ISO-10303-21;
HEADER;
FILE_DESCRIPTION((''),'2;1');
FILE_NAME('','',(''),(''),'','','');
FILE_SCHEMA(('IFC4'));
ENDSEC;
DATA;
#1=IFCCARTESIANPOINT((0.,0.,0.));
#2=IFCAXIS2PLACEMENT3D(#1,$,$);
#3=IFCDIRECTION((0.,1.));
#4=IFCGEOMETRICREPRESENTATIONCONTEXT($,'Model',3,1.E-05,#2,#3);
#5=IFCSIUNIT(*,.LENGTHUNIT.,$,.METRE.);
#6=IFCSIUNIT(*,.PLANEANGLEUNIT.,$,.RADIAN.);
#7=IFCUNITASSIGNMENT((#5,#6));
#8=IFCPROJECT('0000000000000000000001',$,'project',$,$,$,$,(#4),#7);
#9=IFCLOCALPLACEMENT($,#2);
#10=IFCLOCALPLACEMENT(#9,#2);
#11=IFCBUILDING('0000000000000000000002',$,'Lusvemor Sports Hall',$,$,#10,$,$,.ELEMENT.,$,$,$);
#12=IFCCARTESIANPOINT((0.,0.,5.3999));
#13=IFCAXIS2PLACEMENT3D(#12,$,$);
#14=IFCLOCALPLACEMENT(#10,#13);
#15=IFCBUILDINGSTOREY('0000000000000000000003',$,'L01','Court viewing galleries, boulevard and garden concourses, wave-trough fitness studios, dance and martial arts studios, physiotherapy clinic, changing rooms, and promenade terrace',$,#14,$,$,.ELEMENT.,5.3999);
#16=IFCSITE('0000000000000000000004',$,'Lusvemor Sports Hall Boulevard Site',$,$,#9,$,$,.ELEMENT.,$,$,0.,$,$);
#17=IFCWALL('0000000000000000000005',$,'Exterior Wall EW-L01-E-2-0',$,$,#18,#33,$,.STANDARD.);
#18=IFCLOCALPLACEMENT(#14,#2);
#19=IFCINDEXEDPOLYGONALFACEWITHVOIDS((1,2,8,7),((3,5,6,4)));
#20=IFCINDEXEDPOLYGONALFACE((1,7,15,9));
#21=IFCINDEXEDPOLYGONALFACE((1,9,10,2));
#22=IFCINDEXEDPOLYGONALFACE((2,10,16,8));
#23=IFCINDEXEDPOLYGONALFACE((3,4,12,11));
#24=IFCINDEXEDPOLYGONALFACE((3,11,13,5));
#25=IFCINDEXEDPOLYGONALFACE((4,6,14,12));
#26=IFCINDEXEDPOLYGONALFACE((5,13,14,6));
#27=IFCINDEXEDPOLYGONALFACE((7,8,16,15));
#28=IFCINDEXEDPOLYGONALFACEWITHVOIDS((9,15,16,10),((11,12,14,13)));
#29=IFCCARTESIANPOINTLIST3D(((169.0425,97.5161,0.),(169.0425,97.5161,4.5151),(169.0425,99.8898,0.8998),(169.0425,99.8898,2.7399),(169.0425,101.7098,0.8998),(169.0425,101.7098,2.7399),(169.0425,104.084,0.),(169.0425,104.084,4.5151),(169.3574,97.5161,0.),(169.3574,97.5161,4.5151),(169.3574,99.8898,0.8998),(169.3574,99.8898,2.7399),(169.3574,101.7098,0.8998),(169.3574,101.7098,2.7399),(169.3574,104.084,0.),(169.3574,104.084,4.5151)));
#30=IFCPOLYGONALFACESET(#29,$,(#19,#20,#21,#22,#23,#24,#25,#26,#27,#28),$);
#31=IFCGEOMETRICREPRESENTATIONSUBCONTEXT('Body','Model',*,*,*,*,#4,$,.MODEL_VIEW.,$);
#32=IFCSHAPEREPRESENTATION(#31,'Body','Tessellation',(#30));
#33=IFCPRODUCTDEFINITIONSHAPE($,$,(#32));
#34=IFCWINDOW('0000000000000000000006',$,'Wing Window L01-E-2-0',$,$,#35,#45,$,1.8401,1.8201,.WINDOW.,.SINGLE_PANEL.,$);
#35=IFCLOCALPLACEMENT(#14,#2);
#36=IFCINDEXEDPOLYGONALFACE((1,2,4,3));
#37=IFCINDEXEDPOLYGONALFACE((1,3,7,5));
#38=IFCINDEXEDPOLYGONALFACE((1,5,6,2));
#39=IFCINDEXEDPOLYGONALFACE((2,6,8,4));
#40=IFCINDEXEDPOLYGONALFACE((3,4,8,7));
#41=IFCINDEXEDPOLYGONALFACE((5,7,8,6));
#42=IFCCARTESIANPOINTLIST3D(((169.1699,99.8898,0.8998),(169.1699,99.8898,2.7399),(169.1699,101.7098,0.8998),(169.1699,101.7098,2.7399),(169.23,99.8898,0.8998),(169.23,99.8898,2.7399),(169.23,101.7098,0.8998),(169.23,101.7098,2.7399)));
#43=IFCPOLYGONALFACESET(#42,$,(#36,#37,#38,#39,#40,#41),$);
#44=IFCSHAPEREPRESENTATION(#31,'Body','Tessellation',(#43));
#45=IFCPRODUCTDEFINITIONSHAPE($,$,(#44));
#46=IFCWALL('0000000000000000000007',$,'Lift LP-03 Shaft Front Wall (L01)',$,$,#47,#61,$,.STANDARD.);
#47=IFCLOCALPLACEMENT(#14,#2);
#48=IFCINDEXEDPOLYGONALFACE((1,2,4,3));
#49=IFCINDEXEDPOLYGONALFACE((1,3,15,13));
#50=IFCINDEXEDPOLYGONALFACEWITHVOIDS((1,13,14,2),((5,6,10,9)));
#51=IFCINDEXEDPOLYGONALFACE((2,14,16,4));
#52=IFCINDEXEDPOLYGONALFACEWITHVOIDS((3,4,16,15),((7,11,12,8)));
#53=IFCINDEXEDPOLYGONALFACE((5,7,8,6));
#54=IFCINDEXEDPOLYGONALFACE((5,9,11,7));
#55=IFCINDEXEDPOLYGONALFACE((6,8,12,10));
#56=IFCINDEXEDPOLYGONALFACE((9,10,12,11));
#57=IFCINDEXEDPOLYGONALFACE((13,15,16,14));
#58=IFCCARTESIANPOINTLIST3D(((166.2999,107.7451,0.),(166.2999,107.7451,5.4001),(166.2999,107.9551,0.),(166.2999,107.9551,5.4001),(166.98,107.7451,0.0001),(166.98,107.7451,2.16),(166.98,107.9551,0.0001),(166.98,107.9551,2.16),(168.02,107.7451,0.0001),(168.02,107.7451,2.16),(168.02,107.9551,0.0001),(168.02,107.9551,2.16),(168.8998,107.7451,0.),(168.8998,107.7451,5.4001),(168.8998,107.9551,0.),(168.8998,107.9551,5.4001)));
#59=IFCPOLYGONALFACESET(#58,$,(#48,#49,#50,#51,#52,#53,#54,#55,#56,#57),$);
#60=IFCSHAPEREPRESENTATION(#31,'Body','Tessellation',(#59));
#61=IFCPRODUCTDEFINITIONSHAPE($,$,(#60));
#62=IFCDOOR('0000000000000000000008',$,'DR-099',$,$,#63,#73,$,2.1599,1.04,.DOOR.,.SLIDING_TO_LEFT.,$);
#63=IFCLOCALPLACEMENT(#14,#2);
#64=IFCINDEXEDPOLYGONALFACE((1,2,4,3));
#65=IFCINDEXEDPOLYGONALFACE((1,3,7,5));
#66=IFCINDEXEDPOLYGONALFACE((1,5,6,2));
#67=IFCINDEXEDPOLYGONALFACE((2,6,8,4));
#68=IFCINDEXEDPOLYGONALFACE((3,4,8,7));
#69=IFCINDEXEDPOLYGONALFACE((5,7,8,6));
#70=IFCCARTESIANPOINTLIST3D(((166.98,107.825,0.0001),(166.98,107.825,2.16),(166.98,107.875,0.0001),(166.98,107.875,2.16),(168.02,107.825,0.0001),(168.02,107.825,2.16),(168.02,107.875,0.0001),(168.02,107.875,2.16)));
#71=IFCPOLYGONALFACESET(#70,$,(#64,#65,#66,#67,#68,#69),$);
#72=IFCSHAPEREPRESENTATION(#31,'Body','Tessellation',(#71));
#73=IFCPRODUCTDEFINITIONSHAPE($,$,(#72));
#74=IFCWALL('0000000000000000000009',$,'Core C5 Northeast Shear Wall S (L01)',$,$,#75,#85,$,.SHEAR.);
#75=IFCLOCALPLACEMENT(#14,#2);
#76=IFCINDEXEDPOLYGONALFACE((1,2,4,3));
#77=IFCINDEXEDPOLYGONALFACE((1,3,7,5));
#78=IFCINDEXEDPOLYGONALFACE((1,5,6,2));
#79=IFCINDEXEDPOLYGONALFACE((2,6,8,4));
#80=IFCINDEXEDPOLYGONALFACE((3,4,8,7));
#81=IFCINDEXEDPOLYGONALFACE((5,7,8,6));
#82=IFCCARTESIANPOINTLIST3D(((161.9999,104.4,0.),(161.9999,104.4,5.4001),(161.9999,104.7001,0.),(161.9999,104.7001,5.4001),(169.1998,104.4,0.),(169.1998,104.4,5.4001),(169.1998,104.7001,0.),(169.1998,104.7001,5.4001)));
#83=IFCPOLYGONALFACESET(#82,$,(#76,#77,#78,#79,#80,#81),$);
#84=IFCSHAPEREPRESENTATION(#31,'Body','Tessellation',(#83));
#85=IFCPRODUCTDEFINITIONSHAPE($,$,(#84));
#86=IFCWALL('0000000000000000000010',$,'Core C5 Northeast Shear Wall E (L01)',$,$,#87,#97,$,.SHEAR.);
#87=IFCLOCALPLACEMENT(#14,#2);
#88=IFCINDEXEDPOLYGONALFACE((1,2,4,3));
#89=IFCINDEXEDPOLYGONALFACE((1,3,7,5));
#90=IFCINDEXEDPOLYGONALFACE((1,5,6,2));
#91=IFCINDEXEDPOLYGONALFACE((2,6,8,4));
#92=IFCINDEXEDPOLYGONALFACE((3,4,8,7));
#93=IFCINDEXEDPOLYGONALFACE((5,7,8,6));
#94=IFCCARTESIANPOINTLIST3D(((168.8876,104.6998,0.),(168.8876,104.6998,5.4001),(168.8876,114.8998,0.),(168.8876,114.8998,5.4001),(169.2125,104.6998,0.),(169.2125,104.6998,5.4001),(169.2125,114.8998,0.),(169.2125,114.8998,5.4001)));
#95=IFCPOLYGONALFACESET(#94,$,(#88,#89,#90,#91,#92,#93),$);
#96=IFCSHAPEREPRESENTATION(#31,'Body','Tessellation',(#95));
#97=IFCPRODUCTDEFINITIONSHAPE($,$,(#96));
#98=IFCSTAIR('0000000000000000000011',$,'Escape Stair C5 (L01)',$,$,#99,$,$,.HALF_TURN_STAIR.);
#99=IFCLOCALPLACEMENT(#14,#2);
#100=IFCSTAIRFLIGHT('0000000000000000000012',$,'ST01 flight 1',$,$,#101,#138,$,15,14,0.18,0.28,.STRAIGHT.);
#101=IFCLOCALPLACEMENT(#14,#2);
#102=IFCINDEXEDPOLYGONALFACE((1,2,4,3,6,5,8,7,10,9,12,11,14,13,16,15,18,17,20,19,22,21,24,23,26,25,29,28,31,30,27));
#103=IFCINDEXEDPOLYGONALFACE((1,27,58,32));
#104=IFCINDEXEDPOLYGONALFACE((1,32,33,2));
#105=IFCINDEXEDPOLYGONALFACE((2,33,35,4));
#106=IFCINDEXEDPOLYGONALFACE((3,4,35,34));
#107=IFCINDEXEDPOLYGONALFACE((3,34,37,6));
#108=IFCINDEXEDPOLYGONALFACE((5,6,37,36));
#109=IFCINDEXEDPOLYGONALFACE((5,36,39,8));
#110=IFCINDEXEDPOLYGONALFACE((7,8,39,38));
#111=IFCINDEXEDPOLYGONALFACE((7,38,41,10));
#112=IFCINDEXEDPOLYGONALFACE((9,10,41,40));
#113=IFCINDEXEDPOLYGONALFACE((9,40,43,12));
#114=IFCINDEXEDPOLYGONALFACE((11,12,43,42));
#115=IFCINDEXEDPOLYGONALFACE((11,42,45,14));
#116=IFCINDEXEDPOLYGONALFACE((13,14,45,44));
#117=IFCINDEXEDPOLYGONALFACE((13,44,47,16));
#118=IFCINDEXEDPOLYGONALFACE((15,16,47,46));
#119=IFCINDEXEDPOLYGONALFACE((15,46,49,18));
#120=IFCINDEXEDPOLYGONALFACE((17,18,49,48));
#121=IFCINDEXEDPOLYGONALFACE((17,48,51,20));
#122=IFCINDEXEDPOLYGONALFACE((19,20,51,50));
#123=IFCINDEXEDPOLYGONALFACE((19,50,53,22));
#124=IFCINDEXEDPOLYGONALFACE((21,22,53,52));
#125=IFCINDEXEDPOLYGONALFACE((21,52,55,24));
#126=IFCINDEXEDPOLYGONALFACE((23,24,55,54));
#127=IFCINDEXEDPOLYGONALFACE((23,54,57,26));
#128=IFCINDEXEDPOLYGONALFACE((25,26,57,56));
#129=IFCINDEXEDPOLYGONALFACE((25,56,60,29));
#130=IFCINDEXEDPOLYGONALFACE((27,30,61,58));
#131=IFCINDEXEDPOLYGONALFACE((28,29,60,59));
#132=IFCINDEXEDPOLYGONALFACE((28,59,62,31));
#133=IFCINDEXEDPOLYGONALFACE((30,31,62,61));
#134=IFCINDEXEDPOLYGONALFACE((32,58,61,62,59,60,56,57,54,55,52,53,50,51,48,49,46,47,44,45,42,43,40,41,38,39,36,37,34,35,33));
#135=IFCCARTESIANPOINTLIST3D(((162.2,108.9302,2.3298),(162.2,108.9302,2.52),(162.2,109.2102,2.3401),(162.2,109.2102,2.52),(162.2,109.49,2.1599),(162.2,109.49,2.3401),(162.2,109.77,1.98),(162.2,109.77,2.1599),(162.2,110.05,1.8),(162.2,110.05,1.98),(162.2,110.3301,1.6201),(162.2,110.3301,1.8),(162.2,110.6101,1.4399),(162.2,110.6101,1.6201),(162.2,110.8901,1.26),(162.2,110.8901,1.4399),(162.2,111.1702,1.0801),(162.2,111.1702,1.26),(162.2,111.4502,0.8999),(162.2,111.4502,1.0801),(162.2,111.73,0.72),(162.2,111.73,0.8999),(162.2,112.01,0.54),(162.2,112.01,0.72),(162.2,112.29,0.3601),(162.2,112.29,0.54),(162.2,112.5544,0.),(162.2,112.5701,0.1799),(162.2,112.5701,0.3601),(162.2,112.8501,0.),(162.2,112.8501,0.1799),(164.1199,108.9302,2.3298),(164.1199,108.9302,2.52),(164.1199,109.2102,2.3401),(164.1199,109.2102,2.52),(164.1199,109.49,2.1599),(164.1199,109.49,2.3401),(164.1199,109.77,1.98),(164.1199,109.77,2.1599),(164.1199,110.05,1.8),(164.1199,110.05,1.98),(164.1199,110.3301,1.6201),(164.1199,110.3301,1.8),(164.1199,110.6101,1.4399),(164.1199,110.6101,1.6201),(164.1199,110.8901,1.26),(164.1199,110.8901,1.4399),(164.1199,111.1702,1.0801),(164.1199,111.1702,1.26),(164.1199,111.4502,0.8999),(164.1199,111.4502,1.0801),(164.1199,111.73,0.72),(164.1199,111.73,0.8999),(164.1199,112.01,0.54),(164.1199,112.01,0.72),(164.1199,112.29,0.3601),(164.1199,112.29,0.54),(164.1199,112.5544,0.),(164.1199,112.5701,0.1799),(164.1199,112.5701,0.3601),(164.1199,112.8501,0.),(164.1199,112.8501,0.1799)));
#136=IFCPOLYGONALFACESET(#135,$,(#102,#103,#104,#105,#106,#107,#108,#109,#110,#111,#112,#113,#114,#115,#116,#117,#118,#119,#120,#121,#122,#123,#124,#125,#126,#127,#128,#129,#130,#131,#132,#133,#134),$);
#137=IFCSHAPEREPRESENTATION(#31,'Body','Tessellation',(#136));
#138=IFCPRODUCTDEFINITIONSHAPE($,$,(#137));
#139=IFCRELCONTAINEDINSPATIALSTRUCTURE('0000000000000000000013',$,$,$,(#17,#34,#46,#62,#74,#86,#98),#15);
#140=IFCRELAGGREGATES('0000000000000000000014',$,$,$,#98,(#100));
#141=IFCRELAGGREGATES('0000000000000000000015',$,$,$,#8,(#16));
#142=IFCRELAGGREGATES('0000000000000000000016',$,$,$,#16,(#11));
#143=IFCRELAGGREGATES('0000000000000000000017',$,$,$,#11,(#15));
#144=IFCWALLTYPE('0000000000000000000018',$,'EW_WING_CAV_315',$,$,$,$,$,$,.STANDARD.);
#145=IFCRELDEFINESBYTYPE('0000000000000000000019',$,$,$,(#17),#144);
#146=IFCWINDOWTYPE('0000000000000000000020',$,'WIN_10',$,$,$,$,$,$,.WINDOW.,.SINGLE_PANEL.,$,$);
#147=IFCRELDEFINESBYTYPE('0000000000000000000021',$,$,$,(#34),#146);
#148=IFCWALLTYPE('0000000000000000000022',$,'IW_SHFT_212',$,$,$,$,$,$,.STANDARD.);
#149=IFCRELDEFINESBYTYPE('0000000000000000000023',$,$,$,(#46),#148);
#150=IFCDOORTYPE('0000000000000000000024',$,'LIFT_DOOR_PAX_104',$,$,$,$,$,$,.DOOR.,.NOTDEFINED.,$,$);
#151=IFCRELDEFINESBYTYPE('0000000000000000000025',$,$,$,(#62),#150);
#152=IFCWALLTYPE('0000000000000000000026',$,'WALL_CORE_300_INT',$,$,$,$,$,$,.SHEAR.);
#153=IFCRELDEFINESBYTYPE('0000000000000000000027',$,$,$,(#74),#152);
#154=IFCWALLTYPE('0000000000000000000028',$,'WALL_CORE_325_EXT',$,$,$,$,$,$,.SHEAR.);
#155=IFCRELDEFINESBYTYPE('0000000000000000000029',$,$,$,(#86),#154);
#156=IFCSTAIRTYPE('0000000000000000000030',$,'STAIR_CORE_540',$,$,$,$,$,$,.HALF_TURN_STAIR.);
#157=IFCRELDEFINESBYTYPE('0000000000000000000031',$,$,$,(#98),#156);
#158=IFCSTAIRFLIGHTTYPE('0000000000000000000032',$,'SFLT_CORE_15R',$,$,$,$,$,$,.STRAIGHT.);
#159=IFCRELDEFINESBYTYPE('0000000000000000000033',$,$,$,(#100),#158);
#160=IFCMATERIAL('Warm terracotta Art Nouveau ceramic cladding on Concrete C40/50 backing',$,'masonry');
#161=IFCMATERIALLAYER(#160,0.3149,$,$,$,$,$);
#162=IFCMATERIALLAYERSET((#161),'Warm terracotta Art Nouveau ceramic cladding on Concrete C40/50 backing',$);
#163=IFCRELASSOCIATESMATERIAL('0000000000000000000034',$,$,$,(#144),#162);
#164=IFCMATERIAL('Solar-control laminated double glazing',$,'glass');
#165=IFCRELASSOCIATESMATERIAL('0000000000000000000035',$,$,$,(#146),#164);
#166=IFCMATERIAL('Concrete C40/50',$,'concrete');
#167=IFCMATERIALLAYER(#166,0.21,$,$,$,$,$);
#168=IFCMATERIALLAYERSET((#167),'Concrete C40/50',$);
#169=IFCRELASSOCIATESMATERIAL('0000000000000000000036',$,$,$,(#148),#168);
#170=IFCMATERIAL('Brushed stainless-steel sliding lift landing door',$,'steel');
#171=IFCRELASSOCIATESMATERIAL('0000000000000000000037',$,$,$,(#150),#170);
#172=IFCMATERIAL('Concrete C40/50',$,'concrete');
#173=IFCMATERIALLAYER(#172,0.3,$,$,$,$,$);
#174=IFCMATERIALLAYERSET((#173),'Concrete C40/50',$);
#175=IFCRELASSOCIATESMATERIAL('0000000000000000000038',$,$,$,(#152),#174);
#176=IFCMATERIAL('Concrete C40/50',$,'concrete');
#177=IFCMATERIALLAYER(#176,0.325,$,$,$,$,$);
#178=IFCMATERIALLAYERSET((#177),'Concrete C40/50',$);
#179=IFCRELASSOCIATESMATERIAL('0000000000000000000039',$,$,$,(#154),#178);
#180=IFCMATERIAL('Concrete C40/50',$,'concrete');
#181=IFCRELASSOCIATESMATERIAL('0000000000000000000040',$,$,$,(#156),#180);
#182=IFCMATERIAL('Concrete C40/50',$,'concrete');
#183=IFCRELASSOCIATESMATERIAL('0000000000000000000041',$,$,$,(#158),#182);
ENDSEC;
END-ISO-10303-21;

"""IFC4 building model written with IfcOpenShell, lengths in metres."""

from ifc_helpers import new_model, si_unit, direction, frame, frame_2d, origin, place, context, subcontext, project, spatial, polyline, rectangle, outline, extrude, material, layer, layer_set, type_object, element, fill, aggregate, save


model = new_model("IFC4")

# Units and contexts
model_context = context("Model", 3, precision=1e-05, world=origin(), true_north=direction((0.0, 1.0)))
body_context = subcontext(model_context, "Body", "Model", "MODEL_VIEW")
ifc_project = project(units=[si_unit("LENGTHUNIT", "METRE"), si_unit("PLANEANGLEUNIT", "RADIAN")], contexts=[model_context])

# Site, building, storey
site_placement = place(None, origin())
site = spatial("IfcSite", under=ifc_project, at=site_placement, Name="Lusvemor Sports Hall Boulevard Site", CompositionType="ELEMENT", RefElevation=0.0)
building_placement = place(site_placement, origin())
building = spatial("IfcBuilding", under=site, at=building_placement, Name="Lusvemor Sports Hall", CompositionType="ELEMENT")
storey_placement = place(building_placement, frame((0.0, 0.0, 5.3999)))
storey = spatial("IfcBuildingStorey", under=building, at=storey_placement, Name="L01", Description="Court viewing galleries, boulevard and garden concourses, wave-trough fitness studios, dance and martial arts studios, physiotherapy clinic, changing rooms, and promenade terrace", CompositionType="ELEMENT", Elevation=5.3999)

# Wall, opening, window
ifc_material_1 = material(Name="Warm terracotta Art Nouveau ceramic cladding on Concrete C40/50 backing", Category="masonry")
ifc_layer_1 = layer(ifc_material_1, 0.3149)
ifc_layer_set_1 = layer_set([ifc_layer_1], Name="Warm terracotta Art Nouveau ceramic cladding on Concrete C40/50 backing")
wall_type_1 = type_object("IfcWallType", Name="EW_WING_CAV_315", PredefinedType="STANDARD", material=ifc_layer_set_1)
wall_1_placement = place(storey_placement, frame((169.2, 104.084, 0.0), z_axis=(0.0, 0.0, 1.0), x_axis=(0.0, -1.0, 0.0)))
wall_1 = element("IfcWall", 1, at=wall_1_placement, inside=storey, type_object=wall_type_1, Name="Exterior Wall EW-L01-E-2-0", PredefinedType="STANDARD", context=body_context, shape_type="SweptSolid", body=[
    extrude(rectangle(XDim=6.5679, YDim=0.3149, at=frame_2d((3.2839, 0.0))), origin(), (0.0, 0.0, 1.0), 4.5151),
])
opening_1_placement = place(wall_1_placement, frame((2.374, 0.0, 0.8999)))
opening_1 = element("IfcOpeningElement", 2, at=opening_1_placement, cuts=wall_1, PredefinedType="OPENING", context=body_context, shape_type="SweptSolid", body=[
    extrude(rectangle(XDim=1.8201, YDim=1.8401, at=frame_2d((0.9102, 0.9199))), frame((0.0, 0.1575, 0.0), z_axis=(0.0, -1.0, 0.0), x_axis=(1.0, 0.0, 0.0)), (0.0, 0.0, 1.0), 0.3149),
])
ifc_material_2 = material(Name="Solar-control laminated double glazing", Category="glass")
window_type = type_object("IfcWindowType", Name="WIN_10", PartitioningType="SINGLE_PANEL", PredefinedType="WINDOW", material=ifc_material_2)
window_placement = place(opening_1_placement, origin())
window = element("IfcWindow", 3, at=window_placement, inside=storey, type_object=window_type, Name="Wing Window L01-E-2-0", OverallHeight=1.8401, OverallWidth=1.8201, PartitioningType="SINGLE_PANEL", PredefinedType="WINDOW", context=body_context, shape_type="SweptSolid", body=[
    extrude(rectangle(XDim=1.8201, YDim=1.8401, at=frame_2d((0.9102, 0.9199))), frame((0.0, 0.03, 0.0), z_axis=(0.0, -1.0, 0.0), x_axis=(1.0, 0.0, 0.0)), (0.0, 0.0, 1.0), 0.0601),
])
fill(opening_1, window)

# Wall, opening, door
ifc_material_3 = material(Name="Concrete C40/50", Category="concrete")
ifc_layer_2 = layer(ifc_material_3, 0.21)
ifc_layer_set_2 = layer_set([ifc_layer_2], Name="Concrete C40/50")
wall_type_2 = type_object("IfcWallType", Name="IW_SHFT_212", PredefinedType="STANDARD", material=ifc_layer_set_2)
wall_2_placement = place(storey_placement, frame((166.3, 107.8501, 0.0), z_axis=(0.0, 0.0, 1.0), x_axis=(1.0, 0.0, 0.0)))
wall_2 = element("IfcWall", 4, at=wall_2_placement, inside=storey, type_object=wall_type_2, Name="Lift LP-03 Shaft Front Wall (L01)", PredefinedType="STANDARD", context=body_context, shape_type="SweptSolid", body=[
    extrude(rectangle(XDim=2.5999, YDim=0.21, at=frame_2d((1.2998, 0.0))), origin(), (0.0, 0.0, 1.0), 5.4001),
])
opening_2_placement = place(wall_2_placement, frame((0.6799, 0.0, 0.0)))
opening_2 = element("IfcOpeningElement", 5, at=opening_2_placement, cuts=wall_2, PredefinedType="OPENING", context=body_context, shape_type="SweptSolid", body=[
    extrude(rectangle(XDim=1.04, YDim=2.1599, at=frame_2d((0.52, 1.0801))), frame((0.0, 0.105, 0.0), z_axis=(0.0, -1.0, 0.0), x_axis=(1.0, 0.0, 0.0)), (0.0, 0.0, 1.0), 0.21),
])
ifc_material_4 = material(Name="Brushed stainless-steel sliding lift landing door", Category="steel")
door_type_1 = type_object("IfcDoorType", Name="LIFT_DOOR_PAX_104", OperationType="NOTDEFINED", PredefinedType="DOOR", material=ifc_material_4)
door_1_placement = place(opening_2_placement, origin())
door_1 = element("IfcDoor", 6, at=door_1_placement, inside=storey, type_object=door_type_1, Name="DR-099", OperationType="SLIDING_TO_LEFT", OverallHeight=2.1599, OverallWidth=1.04, PredefinedType="DOOR", context=body_context, shape_type="SweptSolid", body=[
    extrude(rectangle(XDim=1.04, YDim=2.1599, at=frame_2d((0.52, 1.0801))), frame((0.0, 0.0249, 0.0), z_axis=(0.0, -1.0, 0.0), x_axis=(1.0, 0.0, 0.0)), (0.0, 0.0, 1.0), 0.05),
])
fill(opening_2, door_1)

# Wall
ifc_material_5 = material(Name="Concrete C40/50", Category="concrete")
ifc_layer_3 = layer(ifc_material_5, 0.3)
ifc_layer_set_3 = layer_set([ifc_layer_3], Name="Concrete C40/50")
wall_type_3 = type_object("IfcWallType", Name="WALL_CORE_300_INT", PredefinedType="SHEAR", material=ifc_layer_set_3)
wall_3_placement = place(storey_placement, frame((169.2, 104.55, 0.0), z_axis=(0.0, 0.0, 1.0), x_axis=(-1.0, 0.0, 0.0)))
element("IfcWall", 7, at=wall_3_placement, inside=storey, type_object=wall_type_3, Name="Core C5 Northeast Shear Wall S (L01)", PredefinedType="SHEAR", context=body_context, shape_type="SweptSolid", body=[
    extrude(rectangle(XDim=7.2, YDim=0.3, at=frame_2d((3.6001, 0.0))), origin(), (0.0, 0.0, 1.0), 5.4001),
])

# Wall
ifc_material_6 = material(Name="Concrete C40/50", Category="concrete")
ifc_layer_4 = layer(ifc_material_6, 0.325)
ifc_layer_set_4 = layer_set([ifc_layer_4], Name="Concrete C40/50")
wall_type_4 = type_object("IfcWallType", Name="WALL_CORE_325_EXT", PredefinedType="SHEAR", material=ifc_layer_set_4)
wall_4_placement = place(storey_placement, frame((169.05, 114.8999, 0.0), z_axis=(0.0, 0.0, 1.0), x_axis=(0.0, -1.0, 0.0)))
element("IfcWall", 8, at=wall_4_placement, inside=storey, type_object=wall_type_4, Name="Core C5 Northeast Shear Wall E (L01)", PredefinedType="SHEAR", context=body_context, shape_type="SweptSolid", body=[
    extrude(rectangle(XDim=10.2, YDim=0.325, at=frame_2d((5.1001, 0.0))), origin(), (0.0, 0.0, 1.0), 5.4001),
])

# Stair, stair flight
ifc_material_7 = material(Name="Concrete C40/50", Category="concrete")
stair_type = type_object("IfcStairType", Name="STAIR_CORE_540", PredefinedType="HALF_TURN_STAIR", material=ifc_material_7)
stair_placement = place(storey_placement, origin())
stair = element("IfcStair", 9, at=stair_placement, inside=storey, type_object=stair_type, Name="Escape Stair C5 (L01)", PredefinedType="HALF_TURN_STAIR")
ifc_material_8 = material(Name="Concrete C40/50", Category="concrete")
stair_flight_type = type_object("IfcStairFlightType", Name="SFLT_CORE_15R", PredefinedType="STRAIGHT", material=ifc_material_8)
stair_flight_1_placement = place(storey_placement, frame((163.1599, 112.8501, 0.0), z_axis=(0.0, 0.0, 1.0), x_axis=(0.0, -1.0, 0.0)))
stair_flight_1 = element("IfcStairFlight", 10, at=stair_flight_1_placement, type_object=stair_flight_type, Name="ST01 flight 1", NumberOfRisers=15, NumberOfTreads=14, PredefinedType="STRAIGHT", RiserHeight=0.18, TreadLength=0.28, context=body_context, shape_type="SweptSolid", body=[
    extrude(outline(polyline([(0.0, 0.0), (0.0, 0.1799), (0.28, 0.1799), (0.28, 0.3601), (0.5601, 0.3601), (0.5601, 0.54), (0.8401, 0.54), (0.8401, 0.72), (1.1201, 0.72), (1.1201, 0.8999), (1.3999, 0.8999), (1.3999, 1.0801), (1.6799, 1.0801), (1.6799, 1.26), (1.96, 1.26), (1.96, 1.4399), (2.24, 1.4399), (2.24, 1.6201), (2.52, 1.6201), (2.52, 1.8), (2.8, 1.8), (2.8, 1.98), (3.0801, 1.98), (3.0801, 2.1599), (3.3601, 2.1599), (3.3601, 2.3401), (3.6399, 2.3401), (3.6399, 2.52), (3.9199, 2.52), (3.9199, 2.7), (3.9199, 2.3298), (0.2957, 0.0), (0.0, 0.0)])), frame((0.0, 0.96, 0.0), z_axis=(0.0, -1.0, 0.0), x_axis=(1.0, 0.0, 0.0)), (0.0, 0.0, 1.0), 1.9199),
])
aggregate(stair, [stair_flight_1])

save(model, "model.ifc")
